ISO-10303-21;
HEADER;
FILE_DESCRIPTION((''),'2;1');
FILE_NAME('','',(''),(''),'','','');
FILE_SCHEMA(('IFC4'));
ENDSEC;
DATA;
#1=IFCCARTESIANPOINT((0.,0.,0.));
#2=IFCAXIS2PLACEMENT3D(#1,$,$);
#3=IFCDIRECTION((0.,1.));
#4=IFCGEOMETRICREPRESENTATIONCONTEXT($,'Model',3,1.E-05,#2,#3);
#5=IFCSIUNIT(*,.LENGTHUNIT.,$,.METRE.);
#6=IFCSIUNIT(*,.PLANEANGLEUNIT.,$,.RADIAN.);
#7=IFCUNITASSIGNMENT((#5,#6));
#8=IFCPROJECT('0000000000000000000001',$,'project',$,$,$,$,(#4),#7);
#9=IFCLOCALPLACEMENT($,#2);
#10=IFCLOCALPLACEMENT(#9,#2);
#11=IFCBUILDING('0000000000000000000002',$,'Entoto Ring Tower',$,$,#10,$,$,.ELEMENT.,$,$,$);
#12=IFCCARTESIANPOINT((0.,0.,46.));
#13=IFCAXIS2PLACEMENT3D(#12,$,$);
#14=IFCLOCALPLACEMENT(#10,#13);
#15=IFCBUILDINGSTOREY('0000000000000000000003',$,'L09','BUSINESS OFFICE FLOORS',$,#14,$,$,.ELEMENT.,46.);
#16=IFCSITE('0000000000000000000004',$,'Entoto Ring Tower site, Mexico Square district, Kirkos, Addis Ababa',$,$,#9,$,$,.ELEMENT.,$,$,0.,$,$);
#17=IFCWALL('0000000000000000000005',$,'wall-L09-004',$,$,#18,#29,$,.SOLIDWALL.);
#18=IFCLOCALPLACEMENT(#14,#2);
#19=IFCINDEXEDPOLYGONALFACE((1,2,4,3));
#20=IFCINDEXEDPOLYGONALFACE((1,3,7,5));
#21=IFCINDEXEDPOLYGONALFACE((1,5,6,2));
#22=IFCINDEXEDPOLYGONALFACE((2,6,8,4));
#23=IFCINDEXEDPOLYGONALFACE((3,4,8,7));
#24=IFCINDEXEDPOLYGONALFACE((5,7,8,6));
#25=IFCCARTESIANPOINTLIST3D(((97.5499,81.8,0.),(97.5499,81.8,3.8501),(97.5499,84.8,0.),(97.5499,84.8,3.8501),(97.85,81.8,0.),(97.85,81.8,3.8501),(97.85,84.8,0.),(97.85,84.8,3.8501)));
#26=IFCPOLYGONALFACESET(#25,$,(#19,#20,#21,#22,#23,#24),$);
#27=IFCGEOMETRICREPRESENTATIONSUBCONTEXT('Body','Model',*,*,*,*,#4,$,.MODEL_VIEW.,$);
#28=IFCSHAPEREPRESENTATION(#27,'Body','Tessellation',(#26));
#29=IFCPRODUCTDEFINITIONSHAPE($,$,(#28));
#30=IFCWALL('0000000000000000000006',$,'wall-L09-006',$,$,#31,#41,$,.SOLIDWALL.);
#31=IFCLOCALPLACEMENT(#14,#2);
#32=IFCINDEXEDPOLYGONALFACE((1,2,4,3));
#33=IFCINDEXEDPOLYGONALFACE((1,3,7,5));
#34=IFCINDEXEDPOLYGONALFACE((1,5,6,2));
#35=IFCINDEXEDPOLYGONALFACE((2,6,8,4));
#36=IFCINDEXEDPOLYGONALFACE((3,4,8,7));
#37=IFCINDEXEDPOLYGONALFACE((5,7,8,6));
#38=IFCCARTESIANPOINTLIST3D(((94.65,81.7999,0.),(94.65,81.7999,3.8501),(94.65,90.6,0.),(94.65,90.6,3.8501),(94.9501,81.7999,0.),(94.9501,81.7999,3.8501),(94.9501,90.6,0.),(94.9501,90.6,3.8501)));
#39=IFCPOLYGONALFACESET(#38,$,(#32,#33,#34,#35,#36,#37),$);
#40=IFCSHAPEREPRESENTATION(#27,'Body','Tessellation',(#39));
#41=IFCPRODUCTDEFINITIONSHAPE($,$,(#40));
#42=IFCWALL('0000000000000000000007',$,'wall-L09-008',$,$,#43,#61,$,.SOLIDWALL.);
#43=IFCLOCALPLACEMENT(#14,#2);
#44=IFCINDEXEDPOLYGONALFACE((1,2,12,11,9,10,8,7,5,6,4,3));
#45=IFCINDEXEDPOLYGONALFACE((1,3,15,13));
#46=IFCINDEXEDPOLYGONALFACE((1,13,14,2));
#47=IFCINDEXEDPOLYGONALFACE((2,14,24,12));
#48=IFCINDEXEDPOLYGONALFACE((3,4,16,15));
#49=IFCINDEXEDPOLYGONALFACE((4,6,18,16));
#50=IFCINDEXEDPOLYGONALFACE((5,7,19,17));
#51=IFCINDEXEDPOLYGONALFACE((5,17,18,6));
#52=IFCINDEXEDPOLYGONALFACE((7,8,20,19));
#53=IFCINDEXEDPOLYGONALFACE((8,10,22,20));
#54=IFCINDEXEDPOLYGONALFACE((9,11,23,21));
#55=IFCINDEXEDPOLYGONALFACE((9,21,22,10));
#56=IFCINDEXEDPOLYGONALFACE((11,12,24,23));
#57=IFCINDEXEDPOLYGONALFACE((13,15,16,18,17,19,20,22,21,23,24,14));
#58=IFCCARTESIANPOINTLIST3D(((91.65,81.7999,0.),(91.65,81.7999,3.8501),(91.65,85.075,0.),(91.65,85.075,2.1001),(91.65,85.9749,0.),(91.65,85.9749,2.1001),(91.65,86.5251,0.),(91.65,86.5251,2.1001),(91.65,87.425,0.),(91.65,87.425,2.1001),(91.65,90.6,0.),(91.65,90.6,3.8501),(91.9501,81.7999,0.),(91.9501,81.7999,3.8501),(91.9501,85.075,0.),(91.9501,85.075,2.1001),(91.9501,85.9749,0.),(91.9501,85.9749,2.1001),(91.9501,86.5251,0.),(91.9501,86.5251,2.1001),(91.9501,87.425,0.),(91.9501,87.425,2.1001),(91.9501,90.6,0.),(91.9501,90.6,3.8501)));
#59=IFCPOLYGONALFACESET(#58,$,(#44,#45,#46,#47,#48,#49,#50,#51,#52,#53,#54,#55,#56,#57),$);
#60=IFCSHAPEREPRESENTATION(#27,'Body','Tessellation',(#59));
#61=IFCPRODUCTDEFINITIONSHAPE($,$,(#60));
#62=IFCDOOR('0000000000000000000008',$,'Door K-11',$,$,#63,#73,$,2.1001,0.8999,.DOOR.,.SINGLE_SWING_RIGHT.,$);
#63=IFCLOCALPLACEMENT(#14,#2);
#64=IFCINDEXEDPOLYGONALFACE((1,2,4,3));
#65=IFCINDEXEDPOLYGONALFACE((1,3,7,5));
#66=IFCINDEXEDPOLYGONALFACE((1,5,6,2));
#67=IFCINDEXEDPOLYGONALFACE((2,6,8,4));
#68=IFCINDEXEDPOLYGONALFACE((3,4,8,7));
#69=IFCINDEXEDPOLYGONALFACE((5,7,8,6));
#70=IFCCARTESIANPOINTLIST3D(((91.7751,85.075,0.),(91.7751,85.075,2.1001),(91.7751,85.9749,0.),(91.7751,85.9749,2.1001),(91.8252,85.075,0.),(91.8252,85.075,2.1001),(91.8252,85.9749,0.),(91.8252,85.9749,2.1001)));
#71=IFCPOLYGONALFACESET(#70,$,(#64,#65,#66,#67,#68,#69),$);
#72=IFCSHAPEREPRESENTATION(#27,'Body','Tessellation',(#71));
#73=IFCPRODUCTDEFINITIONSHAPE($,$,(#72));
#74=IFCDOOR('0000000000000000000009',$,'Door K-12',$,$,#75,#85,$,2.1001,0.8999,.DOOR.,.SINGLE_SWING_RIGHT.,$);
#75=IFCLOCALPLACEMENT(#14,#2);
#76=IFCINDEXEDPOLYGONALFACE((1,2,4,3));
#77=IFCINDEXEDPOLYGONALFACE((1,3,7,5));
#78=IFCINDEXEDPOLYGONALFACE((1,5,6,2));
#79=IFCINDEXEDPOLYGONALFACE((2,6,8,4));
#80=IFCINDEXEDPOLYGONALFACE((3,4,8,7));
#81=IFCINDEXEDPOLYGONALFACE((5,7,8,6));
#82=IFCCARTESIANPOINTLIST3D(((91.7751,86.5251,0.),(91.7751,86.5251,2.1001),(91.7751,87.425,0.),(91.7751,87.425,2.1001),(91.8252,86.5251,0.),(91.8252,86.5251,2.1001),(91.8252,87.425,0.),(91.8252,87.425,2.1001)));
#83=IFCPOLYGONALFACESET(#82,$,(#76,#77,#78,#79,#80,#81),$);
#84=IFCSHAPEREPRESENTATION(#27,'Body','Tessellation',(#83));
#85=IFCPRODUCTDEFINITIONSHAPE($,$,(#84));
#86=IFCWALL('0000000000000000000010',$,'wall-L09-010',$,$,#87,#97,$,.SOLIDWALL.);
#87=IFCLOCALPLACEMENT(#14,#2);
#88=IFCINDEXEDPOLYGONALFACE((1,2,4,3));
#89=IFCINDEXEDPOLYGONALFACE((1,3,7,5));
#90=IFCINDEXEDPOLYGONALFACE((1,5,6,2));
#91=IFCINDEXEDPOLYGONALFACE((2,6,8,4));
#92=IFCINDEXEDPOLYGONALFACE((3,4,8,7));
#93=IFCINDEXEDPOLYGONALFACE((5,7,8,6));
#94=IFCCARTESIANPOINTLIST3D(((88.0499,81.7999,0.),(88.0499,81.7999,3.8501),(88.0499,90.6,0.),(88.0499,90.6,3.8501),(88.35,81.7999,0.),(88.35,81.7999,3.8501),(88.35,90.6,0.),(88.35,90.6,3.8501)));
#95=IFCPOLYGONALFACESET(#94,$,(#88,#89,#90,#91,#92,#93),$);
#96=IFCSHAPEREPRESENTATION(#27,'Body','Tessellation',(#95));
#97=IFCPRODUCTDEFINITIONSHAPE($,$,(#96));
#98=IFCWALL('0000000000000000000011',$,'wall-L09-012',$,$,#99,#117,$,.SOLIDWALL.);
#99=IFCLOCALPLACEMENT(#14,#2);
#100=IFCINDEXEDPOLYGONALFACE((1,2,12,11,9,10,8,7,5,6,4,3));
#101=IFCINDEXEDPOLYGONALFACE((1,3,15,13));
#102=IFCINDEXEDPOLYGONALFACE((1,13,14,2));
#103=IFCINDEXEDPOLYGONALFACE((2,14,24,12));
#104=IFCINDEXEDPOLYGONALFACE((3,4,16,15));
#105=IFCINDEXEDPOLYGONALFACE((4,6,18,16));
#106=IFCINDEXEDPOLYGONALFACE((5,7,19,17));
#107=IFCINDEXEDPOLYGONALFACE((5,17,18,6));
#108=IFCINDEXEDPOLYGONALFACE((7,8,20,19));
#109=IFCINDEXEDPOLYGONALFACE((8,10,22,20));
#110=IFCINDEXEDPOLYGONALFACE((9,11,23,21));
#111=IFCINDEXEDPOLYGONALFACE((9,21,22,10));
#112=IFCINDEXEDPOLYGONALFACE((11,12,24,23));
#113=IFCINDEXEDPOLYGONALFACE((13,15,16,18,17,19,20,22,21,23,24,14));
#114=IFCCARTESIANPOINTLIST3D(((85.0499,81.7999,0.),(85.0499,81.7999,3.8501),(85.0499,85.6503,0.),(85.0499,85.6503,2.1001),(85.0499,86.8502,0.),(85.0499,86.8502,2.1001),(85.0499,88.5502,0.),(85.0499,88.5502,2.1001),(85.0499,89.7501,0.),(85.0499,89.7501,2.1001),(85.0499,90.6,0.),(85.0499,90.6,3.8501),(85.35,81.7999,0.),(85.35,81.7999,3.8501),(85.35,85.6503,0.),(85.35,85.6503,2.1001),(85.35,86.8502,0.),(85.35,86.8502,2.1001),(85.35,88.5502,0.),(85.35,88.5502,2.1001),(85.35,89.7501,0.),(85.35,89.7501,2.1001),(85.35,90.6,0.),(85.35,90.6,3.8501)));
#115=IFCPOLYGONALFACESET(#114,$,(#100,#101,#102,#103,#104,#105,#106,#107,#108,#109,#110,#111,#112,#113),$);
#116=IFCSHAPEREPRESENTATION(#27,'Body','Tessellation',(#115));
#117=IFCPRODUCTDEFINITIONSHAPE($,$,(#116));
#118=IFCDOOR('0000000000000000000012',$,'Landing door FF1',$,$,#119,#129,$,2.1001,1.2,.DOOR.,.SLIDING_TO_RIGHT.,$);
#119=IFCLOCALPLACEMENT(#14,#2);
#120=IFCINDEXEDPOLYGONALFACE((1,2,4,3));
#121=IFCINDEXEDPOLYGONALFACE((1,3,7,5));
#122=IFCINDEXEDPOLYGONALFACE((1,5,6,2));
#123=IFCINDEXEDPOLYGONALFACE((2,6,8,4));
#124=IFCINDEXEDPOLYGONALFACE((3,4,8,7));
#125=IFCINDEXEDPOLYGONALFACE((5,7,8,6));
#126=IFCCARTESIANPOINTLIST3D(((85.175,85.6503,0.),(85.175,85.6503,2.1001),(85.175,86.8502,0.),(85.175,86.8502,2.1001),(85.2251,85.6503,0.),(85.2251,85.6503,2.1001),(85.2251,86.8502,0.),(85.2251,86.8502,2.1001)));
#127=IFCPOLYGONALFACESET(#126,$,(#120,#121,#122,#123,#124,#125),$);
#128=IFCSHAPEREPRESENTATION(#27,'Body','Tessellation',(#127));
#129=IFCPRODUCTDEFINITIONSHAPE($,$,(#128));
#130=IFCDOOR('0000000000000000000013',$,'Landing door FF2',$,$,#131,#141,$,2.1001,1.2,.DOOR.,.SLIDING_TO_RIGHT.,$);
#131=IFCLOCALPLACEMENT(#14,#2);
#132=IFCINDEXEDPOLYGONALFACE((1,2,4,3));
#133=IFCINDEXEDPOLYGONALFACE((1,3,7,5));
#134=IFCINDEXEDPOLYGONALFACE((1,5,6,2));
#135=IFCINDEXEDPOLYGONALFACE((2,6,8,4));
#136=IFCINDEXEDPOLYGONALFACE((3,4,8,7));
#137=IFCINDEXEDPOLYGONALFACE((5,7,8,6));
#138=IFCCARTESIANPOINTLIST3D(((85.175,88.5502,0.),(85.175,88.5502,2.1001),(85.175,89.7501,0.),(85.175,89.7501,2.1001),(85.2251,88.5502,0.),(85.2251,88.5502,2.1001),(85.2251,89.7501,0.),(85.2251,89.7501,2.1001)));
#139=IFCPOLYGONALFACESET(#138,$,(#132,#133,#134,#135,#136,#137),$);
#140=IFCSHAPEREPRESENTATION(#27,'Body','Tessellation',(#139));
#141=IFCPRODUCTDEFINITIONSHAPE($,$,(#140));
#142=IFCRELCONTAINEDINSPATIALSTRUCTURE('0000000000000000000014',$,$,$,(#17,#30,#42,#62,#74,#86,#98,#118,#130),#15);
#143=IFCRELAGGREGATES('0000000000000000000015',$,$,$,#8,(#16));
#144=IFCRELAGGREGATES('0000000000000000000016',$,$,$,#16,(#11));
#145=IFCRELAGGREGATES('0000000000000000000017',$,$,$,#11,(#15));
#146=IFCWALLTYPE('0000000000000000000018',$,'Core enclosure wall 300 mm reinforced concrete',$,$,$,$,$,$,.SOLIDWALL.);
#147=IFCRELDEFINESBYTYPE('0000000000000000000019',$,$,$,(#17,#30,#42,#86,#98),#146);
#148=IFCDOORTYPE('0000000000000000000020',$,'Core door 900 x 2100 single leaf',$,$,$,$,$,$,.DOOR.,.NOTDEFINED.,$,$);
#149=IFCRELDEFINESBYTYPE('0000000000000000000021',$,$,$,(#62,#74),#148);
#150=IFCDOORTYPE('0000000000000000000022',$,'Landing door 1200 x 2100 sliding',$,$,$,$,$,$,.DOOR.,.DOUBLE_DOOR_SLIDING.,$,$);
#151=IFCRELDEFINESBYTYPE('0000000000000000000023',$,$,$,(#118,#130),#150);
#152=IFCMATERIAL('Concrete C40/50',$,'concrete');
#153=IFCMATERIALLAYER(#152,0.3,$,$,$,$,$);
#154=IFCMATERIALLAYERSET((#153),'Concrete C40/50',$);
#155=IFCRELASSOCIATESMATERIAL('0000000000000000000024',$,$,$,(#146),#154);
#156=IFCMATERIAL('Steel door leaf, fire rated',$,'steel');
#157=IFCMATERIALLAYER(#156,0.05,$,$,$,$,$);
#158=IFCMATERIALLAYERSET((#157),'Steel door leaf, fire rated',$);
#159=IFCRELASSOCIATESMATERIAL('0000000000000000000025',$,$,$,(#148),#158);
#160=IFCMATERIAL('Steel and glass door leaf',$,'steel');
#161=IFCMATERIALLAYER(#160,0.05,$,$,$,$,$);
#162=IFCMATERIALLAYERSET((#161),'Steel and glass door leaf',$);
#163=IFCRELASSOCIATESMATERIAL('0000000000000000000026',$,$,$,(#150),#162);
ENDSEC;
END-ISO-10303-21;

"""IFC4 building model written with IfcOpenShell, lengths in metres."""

from ifc_helpers import new_model, si_unit, direction, frame, frame_2d, origin, place, context, subcontext, project, spatial, rectangle, extrude, material, layer, layer_set, type_object, element, fill, save


model = new_model("IFC4")

# Units and contexts
model_context = context("Model", 3, precision=1e-05, world=origin(), true_north=direction((0.0, 1.0)))
body_context = subcontext(model_context, "Body", "Model", "MODEL_VIEW")
ifc_project = project(units=[si_unit("LENGTHUNIT", "METRE"), si_unit("PLANEANGLEUNIT", "RADIAN")], contexts=[model_context])

# Site, building, storey
site_placement = place(None, origin())
site = spatial("IfcSite", under=ifc_project, at=site_placement, Name="Entoto Ring Tower site, Mexico Square district, Kirkos, Addis Ababa", CompositionType="ELEMENT", RefElevation=0.0)
building_placement = place(site_placement, origin())
building = spatial("IfcBuilding", under=site, at=building_placement, Name="Entoto Ring Tower", CompositionType="ELEMENT")
storey_placement = place(building_placement, frame((0.0, 0.0, 46.0)))
storey = spatial("IfcBuildingStorey", under=building, at=storey_placement, Name="L09", Description="BUSINESS OFFICE FLOORS", CompositionType="ELEMENT", Elevation=46.0)

# Walls
ifc_material_1 = material(Name="Concrete C40/50", Category="concrete")
ifc_layer_1 = layer(ifc_material_1, 0.3)
ifc_layer_set_1 = layer_set([ifc_layer_1], Name="Concrete C40/50")
wall_type = type_object("IfcWallType", Name="Core enclosure wall 300 mm reinforced concrete", PredefinedType="SOLIDWALL", material=ifc_layer_set_1)
wall_1_placement = place(storey_placement, frame((97.7, 81.8, 0.0), z_axis=(0.0, 0.0, 1.0), x_axis=(0.0, 1.0, 0.0)))
element("IfcWall", 1, at=wall_1_placement, inside=storey, type_object=wall_type, Name="wall-L09-004", PredefinedType="SOLIDWALL", context=body_context, shape_type="SweptSolid", body=[
    extrude(rectangle(XDim=3.0, YDim=0.3, at=frame_2d((1.5, 0.0))), origin(), (0.0, 0.0, 1.0), 3.8501),
])
wall_2_placement = place(storey_placement, frame((94.8, 81.8, 0.0), z_axis=(0.0, 0.0, 1.0), x_axis=(0.0, 1.0, 0.0)))
element("IfcWall", 2, at=wall_2_placement, inside=storey, type_object=wall_type, Name="wall-L09-006", PredefinedType="SOLIDWALL", context=body_context, shape_type="SweptSolid", body=[
    extrude(rectangle(XDim=8.8, YDim=0.3, at=frame_2d((4.3999, 0.0))), origin(), (0.0, 0.0, 1.0), 3.8501),
])

# Wall, openings, doors
wall_3_placement = place(storey_placement, frame((91.8, 81.8, 0.0), z_axis=(0.0, 0.0, 1.0), x_axis=(0.0, 1.0, 0.0)))
wall_3 = element("IfcWall", 3, at=wall_3_placement, inside=storey, type_object=wall_type, Name="wall-L09-008", PredefinedType="SOLIDWALL", context=body_context, shape_type="SweptSolid", body=[
    extrude(rectangle(XDim=8.8, YDim=0.3, at=frame_2d((4.3999, 0.0))), origin(), (0.0, 0.0, 1.0), 3.8501),
])
opening_1_placement = place(wall_3_placement, frame((3.2749, 0.0, 0.0)))
opening_1 = element("IfcOpeningElement", 4, at=opening_1_placement, cuts=wall_3, PredefinedType="OPENING", context=body_context, shape_type="SweptSolid", body=[
    extrude(rectangle(XDim=0.8999, YDim=2.1001, at=frame_2d((0.45, 1.05))), frame((0.0, 0.1602, 0.0), z_axis=(0.0, -1.0, 0.0), x_axis=(1.0, 0.0, 0.0)), (0.0, 0.0, 1.0), 0.3201),
])
opening_2_placement = place(wall_3_placement, frame((4.7251, 0.0, 0.0)))
opening_2 = element("IfcOpeningElement", 5, at=opening_2_placement, cuts=wall_3, PredefinedType="OPENING", context=body_context, shape_type="SweptSolid", body=[
    extrude(rectangle(XDim=0.8999, YDim=2.1001, at=frame_2d((0.45, 1.05))), frame((0.0, 0.1602, 0.0), z_axis=(0.0, -1.0, 0.0), x_axis=(1.0, 0.0, 0.0)), (0.0, 0.0, 1.0), 0.3201),
])
ifc_material_2 = material(Name="Steel door leaf, fire rated", Category="steel")
ifc_layer_2 = layer(ifc_material_2, 0.05)
ifc_layer_set_2 = layer_set([ifc_layer_2], Name="Steel door leaf, fire rated")
door_type_1 = type_object("IfcDoorType", Name="Core door 900 x 2100 single leaf", OperationType="NOTDEFINED", PredefinedType="DOOR", material=ifc_layer_set_2)
door_1_placement = place(opening_1_placement, origin())
door_1 = element("IfcDoor", 6, at=door_1_placement, inside=storey, type_object=door_type_1, Name="Door K-11", OperationType="SINGLE_SWING_RIGHT", OverallHeight=2.1001, OverallWidth=0.8999, PredefinedType="DOOR", context=body_context, shape_type="SweptSolid", body=[
    extrude(rectangle(XDim=0.8999, YDim=2.1001, at=frame_2d((0.45, 1.05))), frame((0.0, 0.0249, 0.0), z_axis=(0.0, -1.0, 0.0), x_axis=(1.0, 0.0, 0.0)), (0.0, 0.0, 1.0), 0.05),
])
fill(opening_1, door_1)
door_2_placement = place(opening_2_placement, origin())
door_2 = element("IfcDoor", 7, at=door_2_placement, inside=storey, type_object=door_type_1, Name="Door K-12", OperationType="SINGLE_SWING_RIGHT", OverallHeight=2.1001, OverallWidth=0.8999, PredefinedType="DOOR", context=body_context, shape_type="SweptSolid", body=[
    extrude(rectangle(XDim=0.8999, YDim=2.1001, at=frame_2d((0.45, 1.05))), frame((0.0, 0.0249, 0.0), z_axis=(0.0, -1.0, 0.0), x_axis=(1.0, 0.0, 0.0)), (0.0, 0.0, 1.0), 0.05),
])
fill(opening_2, door_2)

# Wall
wall_4_placement = place(storey_placement, frame((88.2, 81.8, 0.0), z_axis=(0.0, 0.0, 1.0), x_axis=(0.0, 1.0, 0.0)))
element("IfcWall", 8, at=wall_4_placement, inside=storey, type_object=wall_type, Name="wall-L09-010", PredefinedType="SOLIDWALL", context=body_context, shape_type="SweptSolid", body=[
    extrude(rectangle(XDim=8.8, YDim=0.3, at=frame_2d((4.3999, 0.0))), origin(), (0.0, 0.0, 1.0), 3.8501),
])

# Wall, openings, doors
wall_5_placement = place(storey_placement, frame((85.2, 81.8, 0.0), z_axis=(0.0, 0.0, 1.0), x_axis=(0.0, 1.0, 0.0)))
wall_5 = element("IfcWall", 9, at=wall_5_placement, inside=storey, type_object=wall_type, Name="wall-L09-012", PredefinedType="SOLIDWALL", context=body_context, shape_type="SweptSolid", body=[
    extrude(rectangle(XDim=8.8, YDim=0.3, at=frame_2d((4.3999, 0.0))), origin(), (0.0, 0.0, 1.0), 3.8501),
])
opening_3_placement = place(wall_5_placement, frame((3.8501, 0.0, 0.0)))
opening_3 = element("IfcOpeningElement", 10, at=opening_3_placement, cuts=wall_5, PredefinedType="OPENING", context=body_context, shape_type="SweptSolid", body=[
    extrude(rectangle(XDim=1.2, YDim=2.1001, at=frame_2d((0.6001, 1.05))), frame((0.0, 0.1602, 0.0), z_axis=(0.0, -1.0, 0.0), x_axis=(1.0, 0.0, 0.0)), (0.0, 0.0, 1.0), 0.3201),
])
opening_4_placement = place(wall_5_placement, frame((6.75, 0.0, 0.0)))
opening_4 = element("IfcOpeningElement", 11, at=opening_4_placement, cuts=wall_5, PredefinedType="OPENING", context=body_context, shape_type="SweptSolid", body=[
    extrude(rectangle(XDim=1.2, YDim=2.1001, at=frame_2d((0.6001, 1.05))), frame((0.0, 0.1602, 0.0), z_axis=(0.0, -1.0, 0.0), x_axis=(1.0, 0.0, 0.0)), (0.0, 0.0, 1.0), 0.3201),
])
ifc_material_3 = material(Name="Steel and glass door leaf", Category="steel")
ifc_layer_3 = layer(ifc_material_3, 0.05)
ifc_layer_set_3 = layer_set([ifc_layer_3], Name="Steel and glass door leaf")
door_type_2 = type_object("IfcDoorType", Name="Landing door 1200 x 2100 sliding", OperationType="DOUBLE_DOOR_SLIDING", PredefinedType="DOOR", material=ifc_layer_set_3)
door_3_placement = place(opening_3_placement, origin())
door_3 = element("IfcDoor", 12, at=door_3_placement, inside=storey, type_object=door_type_2, Name="Landing door FF1", OperationType="SLIDING_TO_RIGHT", OverallHeight=2.1001, OverallWidth=1.2, PredefinedType="DOOR", context=body_context, shape_type="SweptSolid", body=[
    extrude(rectangle(XDim=1.2, YDim=2.1001, at=frame_2d((0.6001, 1.05))), frame((0.0, 0.0249, 0.0), z_axis=(0.0, -1.0, 0.0), x_axis=(1.0, 0.0, 0.0)), (0.0, 0.0, 1.0), 0.05),
])
fill(opening_3, door_3)
door_4_placement = place(opening_4_placement, origin())
door_4 = element("IfcDoor", 13, at=door_4_placement, inside=storey, type_object=door_type_2, Name="Landing door FF2", OperationType="SLIDING_TO_RIGHT", OverallHeight=2.1001, OverallWidth=1.2, PredefinedType="DOOR", context=body_context, shape_type="SweptSolid", body=[
    extrude(rectangle(XDim=1.2, YDim=2.1001, at=frame_2d((0.6001, 1.05))), frame((0.0, 0.0249, 0.0), z_axis=(0.0, -1.0, 0.0), x_axis=(1.0, 0.0, 0.0)), (0.0, 0.0, 1.0), 0.05),
])
fill(opening_4, door_4)

save(model, "model.ifc")
